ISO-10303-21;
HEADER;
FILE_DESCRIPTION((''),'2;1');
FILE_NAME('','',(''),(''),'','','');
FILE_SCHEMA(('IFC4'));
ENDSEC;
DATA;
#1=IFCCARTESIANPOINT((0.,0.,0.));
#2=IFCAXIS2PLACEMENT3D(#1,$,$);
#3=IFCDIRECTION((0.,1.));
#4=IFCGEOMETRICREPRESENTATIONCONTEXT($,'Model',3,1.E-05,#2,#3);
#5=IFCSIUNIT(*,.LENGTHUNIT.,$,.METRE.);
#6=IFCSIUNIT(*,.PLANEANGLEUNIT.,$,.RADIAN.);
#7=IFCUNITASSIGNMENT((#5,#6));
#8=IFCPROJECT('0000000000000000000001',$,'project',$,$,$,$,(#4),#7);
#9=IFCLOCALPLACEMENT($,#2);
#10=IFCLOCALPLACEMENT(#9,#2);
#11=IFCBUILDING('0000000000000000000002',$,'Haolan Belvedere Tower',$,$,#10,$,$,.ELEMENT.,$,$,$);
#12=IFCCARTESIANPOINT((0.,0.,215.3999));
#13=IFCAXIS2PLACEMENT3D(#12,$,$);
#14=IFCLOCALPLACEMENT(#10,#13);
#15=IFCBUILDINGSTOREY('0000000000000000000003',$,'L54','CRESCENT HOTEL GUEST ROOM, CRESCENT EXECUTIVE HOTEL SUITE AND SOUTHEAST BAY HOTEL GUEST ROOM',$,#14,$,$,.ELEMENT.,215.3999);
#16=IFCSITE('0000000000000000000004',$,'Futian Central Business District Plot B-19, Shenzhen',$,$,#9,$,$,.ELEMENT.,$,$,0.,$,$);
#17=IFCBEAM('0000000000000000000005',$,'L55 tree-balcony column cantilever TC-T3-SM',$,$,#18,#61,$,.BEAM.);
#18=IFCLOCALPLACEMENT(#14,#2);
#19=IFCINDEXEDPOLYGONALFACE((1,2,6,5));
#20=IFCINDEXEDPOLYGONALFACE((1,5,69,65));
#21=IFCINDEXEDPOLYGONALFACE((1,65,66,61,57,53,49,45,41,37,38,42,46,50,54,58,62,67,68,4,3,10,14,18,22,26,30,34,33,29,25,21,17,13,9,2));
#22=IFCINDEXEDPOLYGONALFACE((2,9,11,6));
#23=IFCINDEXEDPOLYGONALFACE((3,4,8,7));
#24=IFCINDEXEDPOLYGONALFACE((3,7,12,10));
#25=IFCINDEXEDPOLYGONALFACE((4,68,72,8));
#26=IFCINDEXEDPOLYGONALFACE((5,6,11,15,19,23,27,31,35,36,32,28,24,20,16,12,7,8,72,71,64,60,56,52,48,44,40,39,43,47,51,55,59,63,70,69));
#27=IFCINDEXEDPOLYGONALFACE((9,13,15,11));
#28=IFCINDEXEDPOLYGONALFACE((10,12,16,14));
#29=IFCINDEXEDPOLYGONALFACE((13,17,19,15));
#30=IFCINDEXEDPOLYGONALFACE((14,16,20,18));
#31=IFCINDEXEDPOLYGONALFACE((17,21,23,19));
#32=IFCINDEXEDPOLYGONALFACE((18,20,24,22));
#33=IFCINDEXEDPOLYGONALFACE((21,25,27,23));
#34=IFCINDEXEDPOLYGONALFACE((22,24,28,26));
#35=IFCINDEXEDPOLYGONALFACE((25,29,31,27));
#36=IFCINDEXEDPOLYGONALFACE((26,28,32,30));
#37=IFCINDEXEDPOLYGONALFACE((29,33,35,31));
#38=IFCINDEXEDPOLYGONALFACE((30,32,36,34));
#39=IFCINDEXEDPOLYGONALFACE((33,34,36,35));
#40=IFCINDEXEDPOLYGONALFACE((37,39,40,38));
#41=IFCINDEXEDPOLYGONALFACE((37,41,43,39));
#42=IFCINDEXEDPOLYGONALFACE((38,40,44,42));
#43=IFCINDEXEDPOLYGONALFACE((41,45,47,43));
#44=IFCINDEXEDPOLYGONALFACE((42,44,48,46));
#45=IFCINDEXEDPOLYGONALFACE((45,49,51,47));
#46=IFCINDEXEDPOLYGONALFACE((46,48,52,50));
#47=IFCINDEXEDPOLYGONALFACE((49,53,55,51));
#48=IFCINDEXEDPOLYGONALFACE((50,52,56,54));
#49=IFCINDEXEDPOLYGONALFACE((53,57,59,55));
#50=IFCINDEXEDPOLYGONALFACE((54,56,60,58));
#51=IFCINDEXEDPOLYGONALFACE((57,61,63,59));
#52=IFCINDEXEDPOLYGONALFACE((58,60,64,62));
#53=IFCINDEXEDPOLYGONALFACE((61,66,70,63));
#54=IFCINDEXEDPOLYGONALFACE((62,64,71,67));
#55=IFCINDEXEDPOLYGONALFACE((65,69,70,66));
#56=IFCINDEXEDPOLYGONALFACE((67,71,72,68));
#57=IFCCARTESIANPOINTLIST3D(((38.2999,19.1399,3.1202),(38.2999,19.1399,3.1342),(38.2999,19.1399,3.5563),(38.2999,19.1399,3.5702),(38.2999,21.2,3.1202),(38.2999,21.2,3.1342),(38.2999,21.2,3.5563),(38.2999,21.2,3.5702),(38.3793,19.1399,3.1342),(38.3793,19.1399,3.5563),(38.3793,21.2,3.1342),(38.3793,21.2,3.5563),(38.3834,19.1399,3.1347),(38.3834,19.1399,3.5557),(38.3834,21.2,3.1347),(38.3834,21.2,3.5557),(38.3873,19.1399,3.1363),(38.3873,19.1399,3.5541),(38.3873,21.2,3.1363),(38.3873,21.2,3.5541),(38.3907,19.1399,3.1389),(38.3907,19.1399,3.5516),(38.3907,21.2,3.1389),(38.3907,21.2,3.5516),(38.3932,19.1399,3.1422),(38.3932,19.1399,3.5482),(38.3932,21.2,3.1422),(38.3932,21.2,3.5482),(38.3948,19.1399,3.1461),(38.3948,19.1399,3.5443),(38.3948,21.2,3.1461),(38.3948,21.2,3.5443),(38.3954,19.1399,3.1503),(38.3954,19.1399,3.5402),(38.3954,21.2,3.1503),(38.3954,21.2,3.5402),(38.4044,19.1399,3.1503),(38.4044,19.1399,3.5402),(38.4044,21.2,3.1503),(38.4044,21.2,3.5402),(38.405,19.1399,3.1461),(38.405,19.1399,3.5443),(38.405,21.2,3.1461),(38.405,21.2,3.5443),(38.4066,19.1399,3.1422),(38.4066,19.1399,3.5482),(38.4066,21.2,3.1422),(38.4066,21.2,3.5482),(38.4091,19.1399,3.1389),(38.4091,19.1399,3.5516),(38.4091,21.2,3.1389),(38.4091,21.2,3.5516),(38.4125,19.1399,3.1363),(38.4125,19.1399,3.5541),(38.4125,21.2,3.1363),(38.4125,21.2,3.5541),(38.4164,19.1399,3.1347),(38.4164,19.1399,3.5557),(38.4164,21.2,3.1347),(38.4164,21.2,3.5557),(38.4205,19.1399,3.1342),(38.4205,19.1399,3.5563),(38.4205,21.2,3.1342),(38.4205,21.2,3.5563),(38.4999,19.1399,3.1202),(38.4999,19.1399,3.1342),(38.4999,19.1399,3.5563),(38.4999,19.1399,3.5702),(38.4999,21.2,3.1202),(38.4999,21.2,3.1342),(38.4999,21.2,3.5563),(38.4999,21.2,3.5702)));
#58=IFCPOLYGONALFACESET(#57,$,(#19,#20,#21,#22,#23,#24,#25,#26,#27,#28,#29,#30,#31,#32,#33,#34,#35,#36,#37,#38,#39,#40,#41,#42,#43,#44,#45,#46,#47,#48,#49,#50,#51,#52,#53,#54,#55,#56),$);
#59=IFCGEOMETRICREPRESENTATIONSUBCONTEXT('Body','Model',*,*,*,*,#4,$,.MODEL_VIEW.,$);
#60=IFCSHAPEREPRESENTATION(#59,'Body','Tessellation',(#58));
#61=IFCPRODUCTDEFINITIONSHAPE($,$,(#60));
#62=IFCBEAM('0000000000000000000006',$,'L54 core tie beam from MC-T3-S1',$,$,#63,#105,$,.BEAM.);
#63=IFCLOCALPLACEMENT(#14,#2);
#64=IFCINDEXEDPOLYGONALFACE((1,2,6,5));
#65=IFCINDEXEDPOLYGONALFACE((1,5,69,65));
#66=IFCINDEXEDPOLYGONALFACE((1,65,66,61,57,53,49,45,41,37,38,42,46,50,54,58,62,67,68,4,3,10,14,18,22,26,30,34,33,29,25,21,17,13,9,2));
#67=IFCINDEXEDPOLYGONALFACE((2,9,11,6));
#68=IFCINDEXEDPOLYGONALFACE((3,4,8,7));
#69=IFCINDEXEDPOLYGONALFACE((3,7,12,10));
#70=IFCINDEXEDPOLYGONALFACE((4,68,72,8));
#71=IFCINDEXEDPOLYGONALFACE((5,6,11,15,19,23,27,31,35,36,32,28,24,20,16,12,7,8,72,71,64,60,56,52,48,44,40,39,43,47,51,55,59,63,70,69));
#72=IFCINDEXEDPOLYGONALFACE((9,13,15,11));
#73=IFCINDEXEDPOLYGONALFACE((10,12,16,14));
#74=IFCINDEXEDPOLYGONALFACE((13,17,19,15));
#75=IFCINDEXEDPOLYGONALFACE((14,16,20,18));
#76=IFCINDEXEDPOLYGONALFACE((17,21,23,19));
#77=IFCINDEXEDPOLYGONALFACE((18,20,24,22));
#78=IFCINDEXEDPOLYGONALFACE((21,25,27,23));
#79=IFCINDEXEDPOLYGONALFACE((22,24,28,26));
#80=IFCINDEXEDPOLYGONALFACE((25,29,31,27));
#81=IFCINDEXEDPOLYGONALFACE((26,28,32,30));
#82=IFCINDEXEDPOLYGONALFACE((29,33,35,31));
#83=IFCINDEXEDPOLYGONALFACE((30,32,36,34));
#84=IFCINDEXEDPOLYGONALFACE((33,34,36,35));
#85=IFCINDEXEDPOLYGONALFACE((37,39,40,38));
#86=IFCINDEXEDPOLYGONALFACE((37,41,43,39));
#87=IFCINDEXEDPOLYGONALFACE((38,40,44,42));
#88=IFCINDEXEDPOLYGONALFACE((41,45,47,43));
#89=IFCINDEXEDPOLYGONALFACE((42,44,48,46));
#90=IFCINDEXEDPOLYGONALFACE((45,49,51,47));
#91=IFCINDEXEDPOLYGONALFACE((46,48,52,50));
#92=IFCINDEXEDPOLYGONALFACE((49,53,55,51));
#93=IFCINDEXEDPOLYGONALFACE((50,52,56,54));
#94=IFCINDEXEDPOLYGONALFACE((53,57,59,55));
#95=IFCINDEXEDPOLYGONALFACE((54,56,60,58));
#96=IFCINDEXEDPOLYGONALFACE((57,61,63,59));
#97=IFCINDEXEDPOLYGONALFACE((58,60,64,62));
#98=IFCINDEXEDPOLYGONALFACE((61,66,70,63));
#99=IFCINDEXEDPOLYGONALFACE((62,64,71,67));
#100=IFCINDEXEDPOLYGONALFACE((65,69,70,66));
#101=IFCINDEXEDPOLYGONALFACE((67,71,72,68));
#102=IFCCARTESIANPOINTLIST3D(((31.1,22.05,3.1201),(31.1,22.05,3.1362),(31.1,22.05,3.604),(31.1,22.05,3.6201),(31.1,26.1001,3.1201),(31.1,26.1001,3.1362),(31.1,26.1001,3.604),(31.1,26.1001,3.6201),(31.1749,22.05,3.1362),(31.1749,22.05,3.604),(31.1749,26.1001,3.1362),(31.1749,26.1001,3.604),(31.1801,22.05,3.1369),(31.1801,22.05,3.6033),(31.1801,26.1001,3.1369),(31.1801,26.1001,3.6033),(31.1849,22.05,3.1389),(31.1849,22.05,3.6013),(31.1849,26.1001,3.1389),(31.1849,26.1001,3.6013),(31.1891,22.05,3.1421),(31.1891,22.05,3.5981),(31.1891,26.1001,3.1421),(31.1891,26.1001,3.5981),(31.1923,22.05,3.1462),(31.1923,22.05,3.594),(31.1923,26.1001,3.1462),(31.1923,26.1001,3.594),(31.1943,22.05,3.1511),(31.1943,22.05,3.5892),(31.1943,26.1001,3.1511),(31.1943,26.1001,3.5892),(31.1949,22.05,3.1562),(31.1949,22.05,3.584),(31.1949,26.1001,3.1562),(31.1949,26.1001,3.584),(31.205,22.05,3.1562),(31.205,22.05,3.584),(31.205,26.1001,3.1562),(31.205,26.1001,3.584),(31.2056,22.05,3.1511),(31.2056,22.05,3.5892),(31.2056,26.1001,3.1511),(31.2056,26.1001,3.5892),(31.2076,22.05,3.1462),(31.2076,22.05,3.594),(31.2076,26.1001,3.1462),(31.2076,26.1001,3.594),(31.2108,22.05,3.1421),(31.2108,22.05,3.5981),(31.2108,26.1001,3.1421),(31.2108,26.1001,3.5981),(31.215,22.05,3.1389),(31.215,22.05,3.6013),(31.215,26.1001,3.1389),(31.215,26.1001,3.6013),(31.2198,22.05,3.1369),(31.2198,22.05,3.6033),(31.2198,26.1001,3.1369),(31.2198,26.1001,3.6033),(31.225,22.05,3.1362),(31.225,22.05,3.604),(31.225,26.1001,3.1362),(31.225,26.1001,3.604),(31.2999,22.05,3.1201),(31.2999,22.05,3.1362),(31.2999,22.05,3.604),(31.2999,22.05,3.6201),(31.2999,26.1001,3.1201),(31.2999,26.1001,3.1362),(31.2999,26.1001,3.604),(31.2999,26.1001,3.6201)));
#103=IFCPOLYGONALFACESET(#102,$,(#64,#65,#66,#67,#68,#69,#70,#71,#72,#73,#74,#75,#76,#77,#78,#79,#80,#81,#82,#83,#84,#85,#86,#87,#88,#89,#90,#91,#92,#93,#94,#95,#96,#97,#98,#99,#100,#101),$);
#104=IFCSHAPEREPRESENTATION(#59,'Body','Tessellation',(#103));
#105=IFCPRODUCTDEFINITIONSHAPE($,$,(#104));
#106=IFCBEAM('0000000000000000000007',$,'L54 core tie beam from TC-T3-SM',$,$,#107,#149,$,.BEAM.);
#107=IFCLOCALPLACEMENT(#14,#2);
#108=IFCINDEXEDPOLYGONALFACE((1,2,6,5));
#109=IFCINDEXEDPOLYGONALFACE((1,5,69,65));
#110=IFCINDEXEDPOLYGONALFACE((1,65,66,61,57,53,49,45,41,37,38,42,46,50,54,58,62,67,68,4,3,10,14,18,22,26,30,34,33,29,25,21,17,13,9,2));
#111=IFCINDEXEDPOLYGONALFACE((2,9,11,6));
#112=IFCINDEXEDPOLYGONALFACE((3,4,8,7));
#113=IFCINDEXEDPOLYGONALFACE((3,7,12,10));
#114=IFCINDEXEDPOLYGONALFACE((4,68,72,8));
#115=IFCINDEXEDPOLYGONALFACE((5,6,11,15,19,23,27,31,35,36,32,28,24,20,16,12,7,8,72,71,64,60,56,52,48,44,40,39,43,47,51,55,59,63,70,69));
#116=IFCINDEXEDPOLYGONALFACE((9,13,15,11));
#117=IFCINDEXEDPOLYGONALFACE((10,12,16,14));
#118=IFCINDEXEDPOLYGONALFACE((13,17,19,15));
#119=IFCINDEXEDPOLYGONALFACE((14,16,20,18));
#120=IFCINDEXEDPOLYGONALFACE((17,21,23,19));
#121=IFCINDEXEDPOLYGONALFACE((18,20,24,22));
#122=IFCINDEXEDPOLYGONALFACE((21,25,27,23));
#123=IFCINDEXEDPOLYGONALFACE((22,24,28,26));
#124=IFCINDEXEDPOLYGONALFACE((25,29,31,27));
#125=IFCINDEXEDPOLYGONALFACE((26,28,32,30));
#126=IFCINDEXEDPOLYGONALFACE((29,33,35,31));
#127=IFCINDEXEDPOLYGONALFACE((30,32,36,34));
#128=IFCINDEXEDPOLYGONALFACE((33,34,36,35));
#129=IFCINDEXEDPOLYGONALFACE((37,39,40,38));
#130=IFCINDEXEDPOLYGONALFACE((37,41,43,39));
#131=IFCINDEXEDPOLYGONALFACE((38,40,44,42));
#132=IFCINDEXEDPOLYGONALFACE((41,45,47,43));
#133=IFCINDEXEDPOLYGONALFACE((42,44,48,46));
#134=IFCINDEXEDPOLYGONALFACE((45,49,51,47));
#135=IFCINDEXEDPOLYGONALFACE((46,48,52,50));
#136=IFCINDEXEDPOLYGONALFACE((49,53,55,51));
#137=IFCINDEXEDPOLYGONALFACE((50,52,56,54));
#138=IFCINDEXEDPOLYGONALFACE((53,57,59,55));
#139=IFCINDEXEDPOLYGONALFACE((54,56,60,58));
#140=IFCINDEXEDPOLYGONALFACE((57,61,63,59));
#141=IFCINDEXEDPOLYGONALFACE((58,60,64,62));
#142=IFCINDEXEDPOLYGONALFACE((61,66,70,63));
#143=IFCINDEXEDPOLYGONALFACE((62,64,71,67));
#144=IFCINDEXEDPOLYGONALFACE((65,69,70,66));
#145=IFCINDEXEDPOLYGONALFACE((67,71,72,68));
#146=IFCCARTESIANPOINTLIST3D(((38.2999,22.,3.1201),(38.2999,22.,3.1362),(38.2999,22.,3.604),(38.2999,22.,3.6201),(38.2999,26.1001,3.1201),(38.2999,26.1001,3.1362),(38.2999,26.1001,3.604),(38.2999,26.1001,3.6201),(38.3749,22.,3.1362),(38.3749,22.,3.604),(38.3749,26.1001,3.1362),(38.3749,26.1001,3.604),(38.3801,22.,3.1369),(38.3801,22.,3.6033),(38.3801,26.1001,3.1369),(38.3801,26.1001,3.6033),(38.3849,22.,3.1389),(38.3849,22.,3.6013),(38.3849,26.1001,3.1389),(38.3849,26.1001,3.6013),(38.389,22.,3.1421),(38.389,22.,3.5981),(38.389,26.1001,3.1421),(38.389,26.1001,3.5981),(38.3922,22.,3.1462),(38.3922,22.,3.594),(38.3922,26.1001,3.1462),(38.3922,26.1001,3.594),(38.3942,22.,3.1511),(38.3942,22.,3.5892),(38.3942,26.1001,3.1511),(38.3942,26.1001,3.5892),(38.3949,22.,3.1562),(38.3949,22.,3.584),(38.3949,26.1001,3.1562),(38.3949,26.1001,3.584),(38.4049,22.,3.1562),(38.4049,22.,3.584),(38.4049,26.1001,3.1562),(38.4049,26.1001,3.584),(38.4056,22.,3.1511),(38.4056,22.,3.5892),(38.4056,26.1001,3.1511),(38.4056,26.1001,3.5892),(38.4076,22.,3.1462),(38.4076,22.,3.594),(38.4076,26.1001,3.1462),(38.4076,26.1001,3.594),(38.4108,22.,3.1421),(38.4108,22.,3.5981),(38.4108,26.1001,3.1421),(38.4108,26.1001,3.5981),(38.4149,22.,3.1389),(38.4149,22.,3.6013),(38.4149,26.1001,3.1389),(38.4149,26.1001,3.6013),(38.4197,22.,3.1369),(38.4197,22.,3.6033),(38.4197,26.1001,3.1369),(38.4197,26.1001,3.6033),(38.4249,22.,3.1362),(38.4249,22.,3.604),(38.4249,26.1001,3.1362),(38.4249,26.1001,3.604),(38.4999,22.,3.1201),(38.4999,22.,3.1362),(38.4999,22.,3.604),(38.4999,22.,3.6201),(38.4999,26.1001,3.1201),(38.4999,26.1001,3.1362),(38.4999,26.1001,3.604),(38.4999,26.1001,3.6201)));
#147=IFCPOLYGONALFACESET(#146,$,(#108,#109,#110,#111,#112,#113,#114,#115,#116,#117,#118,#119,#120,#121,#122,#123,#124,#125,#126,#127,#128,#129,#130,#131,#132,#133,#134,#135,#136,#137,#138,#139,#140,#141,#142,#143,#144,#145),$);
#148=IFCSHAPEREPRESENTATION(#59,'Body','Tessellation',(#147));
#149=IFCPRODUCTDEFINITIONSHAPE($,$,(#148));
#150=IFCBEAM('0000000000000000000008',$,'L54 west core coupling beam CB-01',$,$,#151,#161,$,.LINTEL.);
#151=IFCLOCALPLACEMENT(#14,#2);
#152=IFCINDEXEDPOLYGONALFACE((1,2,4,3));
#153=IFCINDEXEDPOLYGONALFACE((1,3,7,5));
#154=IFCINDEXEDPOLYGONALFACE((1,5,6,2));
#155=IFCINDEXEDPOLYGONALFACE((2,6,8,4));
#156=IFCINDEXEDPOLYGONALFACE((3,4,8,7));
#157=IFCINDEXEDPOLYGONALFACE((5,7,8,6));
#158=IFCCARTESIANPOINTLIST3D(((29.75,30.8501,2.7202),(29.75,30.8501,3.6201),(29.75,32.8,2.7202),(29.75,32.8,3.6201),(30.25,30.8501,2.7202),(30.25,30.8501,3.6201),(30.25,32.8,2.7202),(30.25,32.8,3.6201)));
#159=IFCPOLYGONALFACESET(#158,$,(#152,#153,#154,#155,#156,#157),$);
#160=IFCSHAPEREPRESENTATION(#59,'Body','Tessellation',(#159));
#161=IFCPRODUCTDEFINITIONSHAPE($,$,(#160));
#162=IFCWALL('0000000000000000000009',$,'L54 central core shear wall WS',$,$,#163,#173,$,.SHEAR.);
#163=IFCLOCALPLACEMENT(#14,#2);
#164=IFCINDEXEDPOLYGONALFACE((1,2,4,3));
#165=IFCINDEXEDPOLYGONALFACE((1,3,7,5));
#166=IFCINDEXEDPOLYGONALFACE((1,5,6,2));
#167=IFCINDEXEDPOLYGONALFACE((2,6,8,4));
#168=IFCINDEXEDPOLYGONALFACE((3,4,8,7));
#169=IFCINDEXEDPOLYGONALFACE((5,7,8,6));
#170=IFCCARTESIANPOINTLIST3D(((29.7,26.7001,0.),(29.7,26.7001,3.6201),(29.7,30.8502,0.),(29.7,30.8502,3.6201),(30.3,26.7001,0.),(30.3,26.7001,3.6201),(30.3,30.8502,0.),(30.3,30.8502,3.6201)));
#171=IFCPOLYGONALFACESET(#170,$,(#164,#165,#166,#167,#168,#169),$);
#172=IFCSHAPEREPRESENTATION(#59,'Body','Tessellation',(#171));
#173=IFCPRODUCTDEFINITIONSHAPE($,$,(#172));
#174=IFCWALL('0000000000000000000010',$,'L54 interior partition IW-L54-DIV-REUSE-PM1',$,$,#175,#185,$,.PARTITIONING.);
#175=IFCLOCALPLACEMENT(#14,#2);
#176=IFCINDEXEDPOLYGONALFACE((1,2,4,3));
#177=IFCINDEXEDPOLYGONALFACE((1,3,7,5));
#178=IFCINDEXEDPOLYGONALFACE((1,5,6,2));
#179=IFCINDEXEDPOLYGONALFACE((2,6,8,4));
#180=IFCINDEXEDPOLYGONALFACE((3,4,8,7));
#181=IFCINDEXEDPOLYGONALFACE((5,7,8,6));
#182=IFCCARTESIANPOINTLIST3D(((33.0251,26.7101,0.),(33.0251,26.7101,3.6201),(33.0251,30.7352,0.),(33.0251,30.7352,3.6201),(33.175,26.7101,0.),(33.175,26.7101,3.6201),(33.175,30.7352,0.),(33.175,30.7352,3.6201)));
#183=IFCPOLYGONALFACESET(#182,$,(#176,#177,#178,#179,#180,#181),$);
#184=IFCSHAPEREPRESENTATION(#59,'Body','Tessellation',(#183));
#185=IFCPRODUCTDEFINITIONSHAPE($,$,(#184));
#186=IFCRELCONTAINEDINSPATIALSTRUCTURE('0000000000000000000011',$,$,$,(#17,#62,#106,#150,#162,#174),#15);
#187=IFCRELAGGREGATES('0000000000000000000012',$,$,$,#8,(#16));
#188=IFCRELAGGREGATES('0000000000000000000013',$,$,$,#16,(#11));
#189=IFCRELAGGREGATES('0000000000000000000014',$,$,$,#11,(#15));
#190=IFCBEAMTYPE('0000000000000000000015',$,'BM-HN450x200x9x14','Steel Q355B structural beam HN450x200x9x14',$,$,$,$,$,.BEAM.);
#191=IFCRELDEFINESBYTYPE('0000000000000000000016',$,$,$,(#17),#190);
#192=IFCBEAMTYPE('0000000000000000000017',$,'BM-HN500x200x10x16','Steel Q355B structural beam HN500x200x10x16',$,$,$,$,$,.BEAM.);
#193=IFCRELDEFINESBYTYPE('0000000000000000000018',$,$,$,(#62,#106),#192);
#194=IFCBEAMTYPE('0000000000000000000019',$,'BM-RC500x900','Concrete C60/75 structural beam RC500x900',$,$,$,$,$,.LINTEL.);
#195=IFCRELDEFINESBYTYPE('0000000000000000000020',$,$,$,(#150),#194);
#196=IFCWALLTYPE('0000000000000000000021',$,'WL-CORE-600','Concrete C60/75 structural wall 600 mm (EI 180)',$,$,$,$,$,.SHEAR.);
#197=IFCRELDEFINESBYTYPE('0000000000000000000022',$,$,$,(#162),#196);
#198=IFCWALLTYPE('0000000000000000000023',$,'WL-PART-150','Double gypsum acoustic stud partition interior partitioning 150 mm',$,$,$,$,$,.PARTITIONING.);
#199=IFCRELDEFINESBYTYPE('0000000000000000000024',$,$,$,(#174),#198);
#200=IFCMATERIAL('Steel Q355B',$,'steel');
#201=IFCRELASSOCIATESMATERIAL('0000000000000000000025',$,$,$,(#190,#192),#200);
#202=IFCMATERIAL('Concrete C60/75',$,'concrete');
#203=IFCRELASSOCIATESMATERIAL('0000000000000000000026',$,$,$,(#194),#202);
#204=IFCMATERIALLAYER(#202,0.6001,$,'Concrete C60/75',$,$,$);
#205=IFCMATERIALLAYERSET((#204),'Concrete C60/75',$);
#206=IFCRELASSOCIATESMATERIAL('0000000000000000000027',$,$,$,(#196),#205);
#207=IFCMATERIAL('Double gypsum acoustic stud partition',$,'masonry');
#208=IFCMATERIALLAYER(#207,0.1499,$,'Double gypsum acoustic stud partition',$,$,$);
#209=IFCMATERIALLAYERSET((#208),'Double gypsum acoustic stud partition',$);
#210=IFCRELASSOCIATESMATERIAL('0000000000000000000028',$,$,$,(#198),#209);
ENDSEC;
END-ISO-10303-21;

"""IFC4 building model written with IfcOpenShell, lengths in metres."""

from ifc_helpers import new_model, si_unit, direction, frame, frame_2d, origin, origin_2d, place, context, subcontext, project, spatial, rectangle, i_section, extrude, material, layer, layer_set, material_profile, profile_set, type_object, element, save


model = new_model("IFC4")

# Units and contexts
model_context = context("Model", 3, precision=1e-05, world=origin(), true_north=direction((0.0, 1.0)))
body_context = subcontext(model_context, "Body", "Model", "MODEL_VIEW")
ifc_project = project(units=[si_unit("LENGTHUNIT", "METRE"), si_unit("PLANEANGLEUNIT", "RADIAN")], contexts=[model_context])

# Site, building, storey
site_placement = place(None, origin())
site = spatial("IfcSite", under=ifc_project, at=site_placement, Name="Futian Central Business District Plot B-19, Shenzhen", CompositionType="ELEMENT", RefElevation=0.0)
building_placement = place(site_placement, origin())
building = spatial("IfcBuilding", under=site, at=building_placement, Name="Haolan Belvedere Tower", CompositionType="ELEMENT")
storey_placement = place(building_placement, frame((0.0, 0.0, 215.3999)))
storey = spatial("IfcBuildingStorey", under=building, at=storey_placement, Name="L54", Description="CRESCENT HOTEL GUEST ROOM, CRESCENT EXECUTIVE HOTEL SUITE AND SOUTHEAST BAY HOTEL GUEST ROOM", CompositionType="ELEMENT", Elevation=215.3999)

# Beams
ifc_material_1 = material(Name="Steel Q355B", Category="steel")
ifc_material_profile_1 = material_profile(ifc_material_1, i_section(OverallWidth=0.2, OverallDepth=0.45, WebThickness=0.009, FlangeThickness=0.0139, FilletRadius=0.0161, at=origin_2d()), Name="Steel Q355B")
ifc_profile_set_1 = profile_set([ifc_material_profile_1], Name="Steel Q355B")
beam_type_1 = type_object("IfcBeamType", Name="BM-HN450x200x9x14", Description="Steel Q355B structural beam HN450x200x9x14", PredefinedType="BEAM", material=ifc_profile_set_1)
beam_1_placement = place(storey_placement, frame((38.3999, 21.2, 3.3452), z_axis=(0.0, -1.0, 0.0), x_axis=(1.0, 0.0, 0.0)))
element("IfcBeam", 1, at=beam_1_placement, inside=storey, type_object=beam_type_1, Name="L55 tree-balcony column cantilever TC-T3-SM", PredefinedType="BEAM", context=body_context, shape_type="SweptSolid", body=[
    extrude(i_section(OverallWidth=0.2, OverallDepth=0.45, WebThickness=0.009, FlangeThickness=0.0139, FilletRadius=0.0161, at=origin_2d()), origin(), (0.0, 0.0, 1.0), 2.0601),
])
ifc_material_profile_2 = material_profile(ifc_material_1, i_section(OverallWidth=0.2, OverallDepth=0.5, WebThickness=0.01, FlangeThickness=0.0161, FilletRadius=0.02, at=origin_2d()), Name="Steel Q355B")
ifc_profile_set_2 = profile_set([ifc_material_profile_2], Name="Steel Q355B")
beam_type_2 = type_object("IfcBeamType", Name="BM-HN500x200x10x16", Description="Steel Q355B structural beam HN500x200x10x16", PredefinedType="BEAM", material=ifc_profile_set_2)
beam_2_placement = place(storey_placement, frame((31.2, 22.05, 3.3701), z_axis=(0.0, 1.0, 0.0), x_axis=(-1.0, 0.0, 0.0)))
element("IfcBeam", 2, at=beam_2_placement, inside=storey, type_object=beam_type_2, Name="L54 core tie beam from MC-T3-S1", PredefinedType="BEAM", context=body_context, shape_type="SweptSolid", body=[
    extrude(i_section(OverallWidth=0.2, OverallDepth=0.5, WebThickness=0.01, FlangeThickness=0.0161, FilletRadius=0.02, at=origin_2d()), origin(), (0.0, 0.0, 1.0), 4.05),
])
beam_3_placement = place(storey_placement, frame((38.3999, 22.0, 3.3701), z_axis=(0.0, 1.0, 0.0), x_axis=(-1.0, 0.0, 0.0)))
element("IfcBeam", 3, at=beam_3_placement, inside=storey, type_object=beam_type_2, Name="L54 core tie beam from TC-T3-SM", PredefinedType="BEAM", context=body_context, shape_type="SweptSolid", body=[
    extrude(i_section(OverallWidth=0.2, OverallDepth=0.5, WebThickness=0.01, FlangeThickness=0.0161, FilletRadius=0.02, at=origin_2d()), origin(), (0.0, 0.0, 1.0), 4.1001),
])
ifc_material_2 = material(Name="Concrete C60/75", Category="concrete")
ifc_material_profile_3 = material_profile(ifc_material_2, rectangle(XDim=0.5, YDim=0.8999, at=origin_2d()), Name="Concrete C60/75")
ifc_profile_set_3 = profile_set([ifc_material_profile_3], Name="Concrete C60/75")
beam_type_3 = type_object("IfcBeamType", Name="BM-RC500x900", Description="Concrete C60/75 structural beam RC500x900", PredefinedType="LINTEL", material=ifc_profile_set_3)
beam_4_placement = place(storey_placement, frame((30.0, 30.8501, 3.1702), z_axis=(0.0, 1.0, 0.0), x_axis=(-1.0, 0.0, 0.0)))
element("IfcBeam", 4, at=beam_4_placement, inside=storey, type_object=beam_type_3, Name="L54 west core coupling beam CB-01", PredefinedType="LINTEL", context=body_context, shape_type="SweptSolid", body=[
    extrude(rectangle(XDim=0.5, YDim=0.8999, at=origin_2d()), origin(), (0.0, 0.0, 1.0), 1.95),
])

# Walls
ifc_layer_1 = layer(ifc_material_2, 0.6001, Name="Concrete C60/75")
ifc_layer_set_1 = layer_set([ifc_layer_1], Name="Concrete C60/75")
wall_type_1 = type_object("IfcWallType", Name="WL-CORE-600", Description="Concrete C60/75 structural wall 600 mm (EI 180)", PredefinedType="SHEAR", material=ifc_layer_set_1)
wall_1_placement = place(storey_placement, frame((30.0, 26.7, 0.0), z_axis=(0.0, 0.0, 1.0), x_axis=(0.0, 1.0, 0.0)))
element("IfcWall", 5, at=wall_1_placement, inside=storey, type_object=wall_type_1, Name="L54 central core shear wall WS", PredefinedType="SHEAR", context=body_context, shape_type="SweptSolid", body=[
    extrude(rectangle(XDim=4.1501, YDim=0.6001, at=frame_2d((2.0752, 0.0))), origin(), (0.0, 0.0, 1.0), 3.6201),
])
ifc_material_3 = material(Name="Double gypsum acoustic stud partition", Category="masonry")
ifc_layer_2 = layer(ifc_material_3, 0.1499, Name="Double gypsum acoustic stud partition")
ifc_layer_set_2 = layer_set([ifc_layer_2], Name="Double gypsum acoustic stud partition")
wall_type_2 = type_object("IfcWallType", Name="WL-PART-150", Description="Double gypsum acoustic stud partition interior partitioning 150 mm", PredefinedType="PARTITIONING", material=ifc_layer_set_2)
for number, where, z_axis, x_axis, name in (
    (6, (33.1001, 26.71, 0.0), (0.0, 0.0, 1.0), (0.0, 1.0, 0.0), "L54 interior partition IW-L54-DIV-REUSE-PM1"),
):
    element("IfcWall", number, at=place(storey_placement, frame(where, z_axis=z_axis, x_axis=x_axis)), inside=storey, type_object=wall_type_2, Name=name, PredefinedType="PARTITIONING", context=body_context, shape_type="SweptSolid", body=[
        extrude(rectangle(XDim=4.0251, YDim=0.1499, at=frame_2d((2.0127, 0.0))), origin(), (0.0, 0.0, 1.0), 3.6201),
    ])

save(model, "model.ifc")
